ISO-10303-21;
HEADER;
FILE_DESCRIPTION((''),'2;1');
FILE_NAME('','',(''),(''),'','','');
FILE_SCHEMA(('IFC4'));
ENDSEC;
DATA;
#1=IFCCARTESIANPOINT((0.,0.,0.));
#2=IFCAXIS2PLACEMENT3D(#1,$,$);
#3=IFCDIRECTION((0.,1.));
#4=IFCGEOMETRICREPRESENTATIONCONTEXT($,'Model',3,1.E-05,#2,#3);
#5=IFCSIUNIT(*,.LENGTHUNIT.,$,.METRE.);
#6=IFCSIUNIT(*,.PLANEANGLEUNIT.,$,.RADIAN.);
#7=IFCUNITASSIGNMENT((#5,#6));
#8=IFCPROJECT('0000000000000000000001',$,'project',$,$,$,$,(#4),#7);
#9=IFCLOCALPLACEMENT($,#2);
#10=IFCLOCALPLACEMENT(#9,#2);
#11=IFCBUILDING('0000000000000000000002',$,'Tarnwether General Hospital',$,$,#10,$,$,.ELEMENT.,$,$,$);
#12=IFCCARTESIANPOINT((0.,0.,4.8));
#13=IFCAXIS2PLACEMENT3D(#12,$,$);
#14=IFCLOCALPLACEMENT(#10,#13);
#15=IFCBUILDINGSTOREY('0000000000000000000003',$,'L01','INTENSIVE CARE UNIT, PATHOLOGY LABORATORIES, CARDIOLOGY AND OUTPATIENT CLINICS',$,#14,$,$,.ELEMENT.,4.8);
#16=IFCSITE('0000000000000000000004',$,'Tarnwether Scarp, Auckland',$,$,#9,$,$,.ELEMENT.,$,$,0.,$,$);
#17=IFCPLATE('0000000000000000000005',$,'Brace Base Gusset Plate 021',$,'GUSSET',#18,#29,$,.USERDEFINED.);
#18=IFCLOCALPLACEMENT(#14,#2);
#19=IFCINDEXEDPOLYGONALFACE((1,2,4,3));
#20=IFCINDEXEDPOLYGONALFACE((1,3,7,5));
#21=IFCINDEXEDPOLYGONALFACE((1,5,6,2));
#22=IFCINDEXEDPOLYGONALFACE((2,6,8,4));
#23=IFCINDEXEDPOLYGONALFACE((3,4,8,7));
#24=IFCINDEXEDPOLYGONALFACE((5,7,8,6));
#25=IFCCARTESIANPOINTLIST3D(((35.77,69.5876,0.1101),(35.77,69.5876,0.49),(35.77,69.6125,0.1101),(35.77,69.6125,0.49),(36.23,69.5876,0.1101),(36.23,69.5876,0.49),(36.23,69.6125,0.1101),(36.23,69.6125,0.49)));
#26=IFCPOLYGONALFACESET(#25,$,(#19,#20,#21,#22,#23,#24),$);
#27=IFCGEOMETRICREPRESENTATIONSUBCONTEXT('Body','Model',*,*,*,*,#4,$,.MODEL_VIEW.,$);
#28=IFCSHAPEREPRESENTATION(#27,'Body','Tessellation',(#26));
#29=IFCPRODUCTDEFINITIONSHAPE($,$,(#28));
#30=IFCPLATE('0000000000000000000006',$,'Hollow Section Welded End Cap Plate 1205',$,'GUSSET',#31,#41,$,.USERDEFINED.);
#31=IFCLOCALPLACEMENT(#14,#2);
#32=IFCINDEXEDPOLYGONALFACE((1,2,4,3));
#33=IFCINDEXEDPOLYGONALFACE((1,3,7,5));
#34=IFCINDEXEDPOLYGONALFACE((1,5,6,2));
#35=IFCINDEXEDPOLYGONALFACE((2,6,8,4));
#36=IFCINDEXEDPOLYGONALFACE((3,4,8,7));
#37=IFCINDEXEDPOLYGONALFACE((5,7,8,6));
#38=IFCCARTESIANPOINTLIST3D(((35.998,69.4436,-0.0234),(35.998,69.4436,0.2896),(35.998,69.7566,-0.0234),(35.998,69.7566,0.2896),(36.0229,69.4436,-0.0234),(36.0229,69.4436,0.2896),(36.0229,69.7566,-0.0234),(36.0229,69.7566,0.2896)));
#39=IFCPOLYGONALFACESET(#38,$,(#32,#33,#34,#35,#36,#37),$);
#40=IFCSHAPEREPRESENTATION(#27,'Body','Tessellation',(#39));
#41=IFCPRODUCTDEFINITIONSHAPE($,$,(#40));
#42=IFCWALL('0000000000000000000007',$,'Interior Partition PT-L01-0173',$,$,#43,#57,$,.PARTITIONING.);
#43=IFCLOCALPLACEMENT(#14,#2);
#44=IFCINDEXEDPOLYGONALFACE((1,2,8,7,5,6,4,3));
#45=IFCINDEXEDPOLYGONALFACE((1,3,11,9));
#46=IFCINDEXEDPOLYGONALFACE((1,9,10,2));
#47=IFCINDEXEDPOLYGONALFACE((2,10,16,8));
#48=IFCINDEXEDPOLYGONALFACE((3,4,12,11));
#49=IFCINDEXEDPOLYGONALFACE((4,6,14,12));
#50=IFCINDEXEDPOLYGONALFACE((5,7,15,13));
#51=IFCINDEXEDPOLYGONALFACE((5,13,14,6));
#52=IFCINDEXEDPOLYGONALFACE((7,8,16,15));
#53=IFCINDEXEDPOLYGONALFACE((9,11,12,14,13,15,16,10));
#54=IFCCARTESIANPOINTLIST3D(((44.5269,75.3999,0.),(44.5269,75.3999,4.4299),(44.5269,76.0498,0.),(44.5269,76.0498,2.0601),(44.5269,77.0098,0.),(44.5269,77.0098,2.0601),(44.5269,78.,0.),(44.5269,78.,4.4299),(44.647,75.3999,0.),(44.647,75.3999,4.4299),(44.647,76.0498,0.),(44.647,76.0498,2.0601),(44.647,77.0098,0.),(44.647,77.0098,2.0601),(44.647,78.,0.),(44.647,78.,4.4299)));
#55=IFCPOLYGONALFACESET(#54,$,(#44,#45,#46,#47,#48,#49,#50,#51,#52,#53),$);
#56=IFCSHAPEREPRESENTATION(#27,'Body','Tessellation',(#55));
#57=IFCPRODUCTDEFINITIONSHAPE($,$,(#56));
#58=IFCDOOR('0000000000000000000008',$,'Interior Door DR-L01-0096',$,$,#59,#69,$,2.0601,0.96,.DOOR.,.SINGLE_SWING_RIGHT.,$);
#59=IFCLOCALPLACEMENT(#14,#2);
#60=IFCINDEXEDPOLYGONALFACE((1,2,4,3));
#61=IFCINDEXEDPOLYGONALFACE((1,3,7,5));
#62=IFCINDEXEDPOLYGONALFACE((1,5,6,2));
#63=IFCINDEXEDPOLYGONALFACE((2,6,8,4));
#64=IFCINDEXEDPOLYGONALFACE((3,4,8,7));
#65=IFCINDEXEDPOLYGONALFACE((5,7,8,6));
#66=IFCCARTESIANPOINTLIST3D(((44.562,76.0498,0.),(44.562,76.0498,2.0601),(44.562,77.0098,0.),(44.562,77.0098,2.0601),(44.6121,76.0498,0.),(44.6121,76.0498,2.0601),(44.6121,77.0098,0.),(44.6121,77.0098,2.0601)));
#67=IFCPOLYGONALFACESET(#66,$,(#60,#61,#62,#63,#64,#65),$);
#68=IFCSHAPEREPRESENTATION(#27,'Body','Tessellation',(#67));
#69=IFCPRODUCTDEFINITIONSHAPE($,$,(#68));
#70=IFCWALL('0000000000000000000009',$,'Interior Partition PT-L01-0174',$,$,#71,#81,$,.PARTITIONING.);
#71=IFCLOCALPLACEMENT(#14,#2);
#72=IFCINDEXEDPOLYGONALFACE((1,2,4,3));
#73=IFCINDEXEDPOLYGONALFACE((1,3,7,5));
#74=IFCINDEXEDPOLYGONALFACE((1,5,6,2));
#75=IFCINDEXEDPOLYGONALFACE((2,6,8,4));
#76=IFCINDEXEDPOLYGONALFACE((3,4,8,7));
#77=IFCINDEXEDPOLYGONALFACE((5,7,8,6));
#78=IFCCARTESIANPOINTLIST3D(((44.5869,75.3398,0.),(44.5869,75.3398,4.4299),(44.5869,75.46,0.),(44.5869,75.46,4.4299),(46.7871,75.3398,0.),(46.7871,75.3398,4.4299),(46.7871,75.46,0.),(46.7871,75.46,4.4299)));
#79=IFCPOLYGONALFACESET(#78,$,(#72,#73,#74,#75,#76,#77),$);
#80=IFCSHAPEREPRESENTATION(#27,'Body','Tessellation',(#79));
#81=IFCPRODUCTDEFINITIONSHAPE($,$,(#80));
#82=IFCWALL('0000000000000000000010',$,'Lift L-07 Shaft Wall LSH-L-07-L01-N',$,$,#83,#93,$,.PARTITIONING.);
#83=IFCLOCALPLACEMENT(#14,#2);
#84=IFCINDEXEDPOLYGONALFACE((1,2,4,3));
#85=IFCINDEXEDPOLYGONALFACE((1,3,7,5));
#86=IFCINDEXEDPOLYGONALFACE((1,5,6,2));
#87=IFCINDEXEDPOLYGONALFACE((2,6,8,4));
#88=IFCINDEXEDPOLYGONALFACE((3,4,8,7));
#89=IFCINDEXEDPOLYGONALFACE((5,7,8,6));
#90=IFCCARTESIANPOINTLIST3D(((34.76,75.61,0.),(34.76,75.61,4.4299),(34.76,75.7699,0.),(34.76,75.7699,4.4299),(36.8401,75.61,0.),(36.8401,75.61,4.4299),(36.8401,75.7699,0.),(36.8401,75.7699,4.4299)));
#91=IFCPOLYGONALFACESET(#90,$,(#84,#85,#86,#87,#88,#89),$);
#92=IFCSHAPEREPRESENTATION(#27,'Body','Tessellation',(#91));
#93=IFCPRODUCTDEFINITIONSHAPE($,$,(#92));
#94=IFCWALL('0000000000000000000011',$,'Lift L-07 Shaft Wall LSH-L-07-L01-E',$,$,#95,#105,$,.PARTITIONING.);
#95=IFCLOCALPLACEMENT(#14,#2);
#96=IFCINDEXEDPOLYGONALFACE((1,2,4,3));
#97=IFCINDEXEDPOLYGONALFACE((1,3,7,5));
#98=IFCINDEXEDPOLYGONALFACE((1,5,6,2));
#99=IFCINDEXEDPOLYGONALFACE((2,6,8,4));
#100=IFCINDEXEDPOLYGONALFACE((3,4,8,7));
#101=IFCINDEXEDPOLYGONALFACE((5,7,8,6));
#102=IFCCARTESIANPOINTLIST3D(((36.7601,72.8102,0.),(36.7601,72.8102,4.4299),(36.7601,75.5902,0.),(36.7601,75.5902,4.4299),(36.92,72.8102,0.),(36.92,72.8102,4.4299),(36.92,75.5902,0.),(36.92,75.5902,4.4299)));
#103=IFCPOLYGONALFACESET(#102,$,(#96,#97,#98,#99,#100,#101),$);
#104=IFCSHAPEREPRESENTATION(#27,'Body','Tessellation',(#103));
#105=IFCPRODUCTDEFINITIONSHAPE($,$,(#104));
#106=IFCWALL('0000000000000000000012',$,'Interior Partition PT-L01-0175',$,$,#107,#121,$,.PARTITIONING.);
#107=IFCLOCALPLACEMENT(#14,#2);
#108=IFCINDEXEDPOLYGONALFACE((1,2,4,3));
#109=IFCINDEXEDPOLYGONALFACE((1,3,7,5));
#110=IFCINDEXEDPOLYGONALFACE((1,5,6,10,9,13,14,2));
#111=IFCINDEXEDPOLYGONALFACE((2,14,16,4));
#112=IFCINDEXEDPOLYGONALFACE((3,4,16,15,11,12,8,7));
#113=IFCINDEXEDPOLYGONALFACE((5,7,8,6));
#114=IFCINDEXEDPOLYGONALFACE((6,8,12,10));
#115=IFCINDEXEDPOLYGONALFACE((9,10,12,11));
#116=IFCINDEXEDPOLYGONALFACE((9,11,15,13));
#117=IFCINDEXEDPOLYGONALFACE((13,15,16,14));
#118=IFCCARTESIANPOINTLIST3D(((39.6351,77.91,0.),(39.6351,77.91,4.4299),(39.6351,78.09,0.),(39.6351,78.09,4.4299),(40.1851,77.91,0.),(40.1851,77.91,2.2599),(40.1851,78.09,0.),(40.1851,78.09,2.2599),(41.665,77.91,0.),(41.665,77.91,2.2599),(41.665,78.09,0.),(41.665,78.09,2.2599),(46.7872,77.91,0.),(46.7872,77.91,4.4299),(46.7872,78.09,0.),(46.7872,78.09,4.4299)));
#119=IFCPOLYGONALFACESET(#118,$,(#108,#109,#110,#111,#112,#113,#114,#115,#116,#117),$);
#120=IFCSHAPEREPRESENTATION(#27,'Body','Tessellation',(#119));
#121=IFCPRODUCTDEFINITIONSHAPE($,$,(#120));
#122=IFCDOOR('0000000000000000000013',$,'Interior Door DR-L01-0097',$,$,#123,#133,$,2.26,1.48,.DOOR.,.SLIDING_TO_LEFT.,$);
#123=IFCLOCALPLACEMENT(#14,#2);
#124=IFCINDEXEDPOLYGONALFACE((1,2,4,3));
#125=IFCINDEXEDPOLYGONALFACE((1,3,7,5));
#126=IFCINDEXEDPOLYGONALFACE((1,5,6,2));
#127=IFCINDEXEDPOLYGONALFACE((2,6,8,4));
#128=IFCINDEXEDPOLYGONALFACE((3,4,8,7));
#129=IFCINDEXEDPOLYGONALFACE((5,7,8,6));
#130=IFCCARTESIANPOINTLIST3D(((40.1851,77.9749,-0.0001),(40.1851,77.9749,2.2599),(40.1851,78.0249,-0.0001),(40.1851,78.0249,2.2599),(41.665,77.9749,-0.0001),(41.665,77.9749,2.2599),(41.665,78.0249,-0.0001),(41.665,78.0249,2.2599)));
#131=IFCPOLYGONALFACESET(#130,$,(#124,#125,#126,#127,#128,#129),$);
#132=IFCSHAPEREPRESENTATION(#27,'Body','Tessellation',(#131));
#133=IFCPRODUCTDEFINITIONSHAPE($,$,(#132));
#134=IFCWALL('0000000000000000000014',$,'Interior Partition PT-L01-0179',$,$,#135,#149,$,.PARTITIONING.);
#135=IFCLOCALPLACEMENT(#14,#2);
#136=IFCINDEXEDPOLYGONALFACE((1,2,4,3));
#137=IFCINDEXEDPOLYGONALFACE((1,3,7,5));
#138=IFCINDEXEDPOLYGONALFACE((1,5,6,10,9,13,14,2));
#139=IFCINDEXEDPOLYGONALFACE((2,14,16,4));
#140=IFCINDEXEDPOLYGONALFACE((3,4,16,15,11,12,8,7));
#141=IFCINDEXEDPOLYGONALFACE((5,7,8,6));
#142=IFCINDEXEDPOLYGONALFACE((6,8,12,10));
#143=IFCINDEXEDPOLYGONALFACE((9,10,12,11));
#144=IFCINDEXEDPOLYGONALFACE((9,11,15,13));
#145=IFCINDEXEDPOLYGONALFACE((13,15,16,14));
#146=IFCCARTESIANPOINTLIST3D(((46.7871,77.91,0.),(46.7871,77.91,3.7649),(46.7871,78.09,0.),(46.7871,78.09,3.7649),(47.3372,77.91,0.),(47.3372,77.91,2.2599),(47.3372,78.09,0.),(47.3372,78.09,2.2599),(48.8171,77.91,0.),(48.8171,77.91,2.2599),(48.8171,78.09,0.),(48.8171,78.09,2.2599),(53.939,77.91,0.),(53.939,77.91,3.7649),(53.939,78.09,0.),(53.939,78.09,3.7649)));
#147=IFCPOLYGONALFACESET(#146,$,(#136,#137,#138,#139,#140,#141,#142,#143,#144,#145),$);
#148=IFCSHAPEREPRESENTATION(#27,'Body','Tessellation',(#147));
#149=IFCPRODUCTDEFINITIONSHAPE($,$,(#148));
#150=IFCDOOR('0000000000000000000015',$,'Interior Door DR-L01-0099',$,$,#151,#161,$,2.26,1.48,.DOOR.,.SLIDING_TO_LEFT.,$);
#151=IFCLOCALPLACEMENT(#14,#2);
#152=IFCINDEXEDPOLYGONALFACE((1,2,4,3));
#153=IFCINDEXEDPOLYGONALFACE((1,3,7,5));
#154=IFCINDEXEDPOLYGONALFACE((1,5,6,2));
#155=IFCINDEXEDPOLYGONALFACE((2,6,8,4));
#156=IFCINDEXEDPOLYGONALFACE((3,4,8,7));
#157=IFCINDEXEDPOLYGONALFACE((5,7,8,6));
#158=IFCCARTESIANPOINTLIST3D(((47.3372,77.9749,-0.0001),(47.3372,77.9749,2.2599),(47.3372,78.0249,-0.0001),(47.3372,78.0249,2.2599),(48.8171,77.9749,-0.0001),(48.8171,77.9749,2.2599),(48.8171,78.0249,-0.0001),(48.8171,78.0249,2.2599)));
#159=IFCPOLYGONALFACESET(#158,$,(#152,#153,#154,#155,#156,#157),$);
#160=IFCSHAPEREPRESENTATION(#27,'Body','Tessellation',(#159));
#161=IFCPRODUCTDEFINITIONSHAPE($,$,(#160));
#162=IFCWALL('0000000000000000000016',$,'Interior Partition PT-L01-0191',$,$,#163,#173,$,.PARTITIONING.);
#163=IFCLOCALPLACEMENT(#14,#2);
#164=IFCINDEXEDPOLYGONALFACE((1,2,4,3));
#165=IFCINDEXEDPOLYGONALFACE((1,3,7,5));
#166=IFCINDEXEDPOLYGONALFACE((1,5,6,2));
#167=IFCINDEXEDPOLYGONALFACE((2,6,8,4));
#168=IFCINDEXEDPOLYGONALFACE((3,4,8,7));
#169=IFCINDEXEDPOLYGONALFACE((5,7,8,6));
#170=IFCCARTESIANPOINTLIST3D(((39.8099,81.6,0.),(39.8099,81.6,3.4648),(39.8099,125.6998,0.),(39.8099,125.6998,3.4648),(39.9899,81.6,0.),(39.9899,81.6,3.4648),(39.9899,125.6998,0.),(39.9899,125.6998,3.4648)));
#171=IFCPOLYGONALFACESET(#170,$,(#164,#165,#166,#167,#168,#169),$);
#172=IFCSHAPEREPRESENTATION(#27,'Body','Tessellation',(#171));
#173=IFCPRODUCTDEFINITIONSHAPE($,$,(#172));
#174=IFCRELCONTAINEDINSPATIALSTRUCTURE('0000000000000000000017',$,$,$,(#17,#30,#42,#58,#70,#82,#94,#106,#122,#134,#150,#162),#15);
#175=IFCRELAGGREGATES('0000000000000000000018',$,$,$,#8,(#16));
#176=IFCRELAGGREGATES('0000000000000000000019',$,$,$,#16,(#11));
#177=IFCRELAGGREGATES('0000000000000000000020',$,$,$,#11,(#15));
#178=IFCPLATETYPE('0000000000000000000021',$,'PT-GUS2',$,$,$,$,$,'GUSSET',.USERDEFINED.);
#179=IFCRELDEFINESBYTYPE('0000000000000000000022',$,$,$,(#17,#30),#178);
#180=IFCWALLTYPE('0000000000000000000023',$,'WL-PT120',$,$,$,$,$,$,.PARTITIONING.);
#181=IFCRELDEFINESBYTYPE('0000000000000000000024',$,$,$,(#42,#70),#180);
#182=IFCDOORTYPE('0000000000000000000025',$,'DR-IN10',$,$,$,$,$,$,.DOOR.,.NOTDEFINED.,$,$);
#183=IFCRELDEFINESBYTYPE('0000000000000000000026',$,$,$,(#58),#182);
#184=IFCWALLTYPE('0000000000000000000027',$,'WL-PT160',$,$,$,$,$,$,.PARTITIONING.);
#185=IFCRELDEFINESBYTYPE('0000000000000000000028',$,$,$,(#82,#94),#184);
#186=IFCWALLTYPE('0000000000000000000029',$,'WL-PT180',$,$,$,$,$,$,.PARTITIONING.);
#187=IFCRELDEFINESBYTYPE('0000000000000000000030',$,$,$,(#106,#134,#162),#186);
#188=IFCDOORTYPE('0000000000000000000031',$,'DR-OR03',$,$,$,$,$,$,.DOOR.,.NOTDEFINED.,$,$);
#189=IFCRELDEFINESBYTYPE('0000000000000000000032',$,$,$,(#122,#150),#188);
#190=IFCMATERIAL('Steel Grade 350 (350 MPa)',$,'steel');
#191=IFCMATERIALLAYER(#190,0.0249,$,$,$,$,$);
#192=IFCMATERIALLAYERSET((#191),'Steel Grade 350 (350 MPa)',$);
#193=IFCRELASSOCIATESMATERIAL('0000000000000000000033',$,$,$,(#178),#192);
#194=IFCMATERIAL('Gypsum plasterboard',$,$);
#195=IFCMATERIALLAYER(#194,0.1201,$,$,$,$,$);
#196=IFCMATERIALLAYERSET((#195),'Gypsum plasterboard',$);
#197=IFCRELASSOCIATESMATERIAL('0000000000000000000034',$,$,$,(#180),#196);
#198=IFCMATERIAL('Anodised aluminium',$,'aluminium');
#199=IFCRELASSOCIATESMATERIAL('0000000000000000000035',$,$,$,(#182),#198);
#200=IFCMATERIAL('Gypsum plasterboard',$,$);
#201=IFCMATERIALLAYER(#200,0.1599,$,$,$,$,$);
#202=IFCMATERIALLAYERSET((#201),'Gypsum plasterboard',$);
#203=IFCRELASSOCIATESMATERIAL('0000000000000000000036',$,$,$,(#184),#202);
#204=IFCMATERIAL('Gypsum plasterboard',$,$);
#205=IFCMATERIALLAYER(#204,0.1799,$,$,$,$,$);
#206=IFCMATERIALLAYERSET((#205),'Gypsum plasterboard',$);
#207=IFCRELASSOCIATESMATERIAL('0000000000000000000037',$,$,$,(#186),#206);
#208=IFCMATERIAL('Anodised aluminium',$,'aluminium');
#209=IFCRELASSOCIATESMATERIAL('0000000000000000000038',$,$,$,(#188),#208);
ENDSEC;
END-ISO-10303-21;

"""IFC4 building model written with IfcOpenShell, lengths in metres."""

from ifc_helpers import new_model, si_unit, direction, frame, frame_2d, origin, origin_2d, place, context, subcontext, project, spatial, rectangle, extrude, material, layer, layer_set, type_object, element, fill, save


model = new_model("IFC4")

# Units and contexts
model_context = context("Model", 3, precision=1e-05, world=origin(), true_north=direction((0.0, 1.0)))
body_context = subcontext(model_context, "Body", "Model", "MODEL_VIEW")
ifc_project = project(units=[si_unit("LENGTHUNIT", "METRE"), si_unit("PLANEANGLEUNIT", "RADIAN")], contexts=[model_context])

# Site, building, storey
site_placement = place(None, origin())
site = spatial("IfcSite", under=ifc_project, at=site_placement, Name="Tarnwether Scarp, Auckland", CompositionType="ELEMENT", RefElevation=0.0)
building_placement = place(site_placement, origin())
building = spatial("IfcBuilding", under=site, at=building_placement, Name="Tarnwether General Hospital", CompositionType="ELEMENT")
storey_placement = place(building_placement, frame((0.0, 0.0, 4.8)))
storey = spatial("IfcBuildingStorey", under=building, at=storey_placement, Name="L01", Description="INTENSIVE CARE UNIT, PATHOLOGY LABORATORIES, CARDIOLOGY AND OUTPATIENT CLINICS", CompositionType="ELEMENT", Elevation=4.8)

# Plates
ifc_material_1 = material(Name="Steel Grade 350 (350 MPa)", Category="steel")
ifc_layer_1 = layer(ifc_material_1, 0.0249)
ifc_layer_set_1 = layer_set([ifc_layer_1], Name="Steel Grade 350 (350 MPa)")
plate_type = type_object("IfcPlateType", Name="PT-GUS2", ElementType="GUSSET", PredefinedType="USERDEFINED", material=ifc_layer_set_1)
plate_1_placement = place(storey_placement, frame((36.0, 69.6001, 0.1101), z_axis=(0.0, 0.0, 1.0), x_axis=(1.0, 0.0, 0.0)))
element("IfcPlate", 1, at=plate_1_placement, inside=storey, type_object=plate_type, Name="Brace Base Gusset Plate 021", ObjectType="GUSSET", PredefinedType="USERDEFINED", context=body_context, shape_type="SweptSolid", body=[
    extrude(rectangle(XDim=0.46, YDim=0.0249, at=origin_2d()), origin(), (0.0, 0.0, 1.0), 0.3799),
])
plate_2_placement = place(storey_placement, frame((36.0105, 69.6001, -0.0234), z_axis=(0.0, 0.0, 1.0), x_axis=(-1.0, 0.0, 0.0)))
element("IfcPlate", 2, at=plate_2_placement, inside=storey, type_object=plate_type, Name="Hollow Section Welded End Cap Plate 1205", ObjectType="GUSSET", PredefinedType="USERDEFINED", context=body_context, shape_type="SweptSolid", body=[
    extrude(rectangle(XDim=0.0249, YDim=0.313, at=origin_2d()), origin(), (0.0, 0.0, 1.0), 0.313),
])

# Wall, opening, door
ifc_material_2 = material(Name="Gypsum plasterboard")
ifc_layer_2 = layer(ifc_material_2, 0.1201)
ifc_layer_set_2 = layer_set([ifc_layer_2], Name="Gypsum plasterboard")
wall_type_1 = type_object("IfcWallType", Name="WL-PT120", PredefinedType="PARTITIONING", material=ifc_layer_set_2)
wall_1_placement = place(storey_placement, frame((44.5869, 75.3999, 0.0), z_axis=(0.0, 0.0, 1.0), x_axis=(0.0, 1.0, 0.0)))
wall_1 = element("IfcWall", 3, at=wall_1_placement, inside=storey, type_object=wall_type_1, Name="Interior Partition PT-L01-0173", PredefinedType="PARTITIONING", context=body_context, shape_type="SweptSolid", body=[
    extrude(rectangle(XDim=2.6001, YDim=0.1201, at=frame_2d((1.3, 0.0))), origin(), (0.0, 0.0, 1.0), 4.4299),
])
opening_1_placement = place(wall_1_placement, frame((0.6499, 0.0, 0.0)))
opening_1 = element("IfcOpeningElement", 4, at=opening_1_placement, cuts=wall_1, PredefinedType="OPENING", context=body_context, shape_type="SweptSolid", body=[
    extrude(rectangle(XDim=0.96, YDim=2.0601, at=frame_2d((0.48, 1.03))), frame((0.0, 0.0701, 0.0), z_axis=(0.0, -1.0, 0.0), x_axis=(1.0, 0.0, 0.0)), (0.0, 0.0, 1.0), 0.1401),
])
ifc_material_3 = material(Name="Anodised aluminium", Category="aluminium")
door_type_1 = type_object("IfcDoorType", Name="DR-IN10", OperationType="NOTDEFINED", PredefinedType="DOOR", material=ifc_material_3)
door_1_placement = place(opening_1_placement, origin())
door_1 = element("IfcDoor", 5, at=door_1_placement, inside=storey, type_object=door_type_1, Name="Interior Door DR-L01-0096", OperationType="SINGLE_SWING_RIGHT", OverallHeight=2.0601, OverallWidth=0.96, PredefinedType="DOOR", context=body_context, shape_type="SweptSolid", body=[
    extrude(rectangle(XDim=0.96, YDim=2.0601, at=frame_2d((0.48, 1.03))), frame((0.0, 0.0249, 0.0), z_axis=(0.0, -1.0, 0.0), x_axis=(1.0, 0.0, 0.0)), (0.0, 0.0, 1.0), 0.05),
])
fill(opening_1, door_1)

# Walls
wall_2_placement = place(storey_placement, frame((44.5869, 75.3999, 0.0), z_axis=(0.0, 0.0, 1.0), x_axis=(1.0, 0.0, 0.0)))
element("IfcWall", 6, at=wall_2_placement, inside=storey, type_object=wall_type_1, Name="Interior Partition PT-L01-0174", PredefinedType="PARTITIONING", context=body_context, shape_type="SweptSolid", body=[
    extrude(rectangle(XDim=2.2002, YDim=0.1201, at=frame_2d((1.1001, 0.0))), origin(), (0.0, 0.0, 1.0), 4.4299),
])
ifc_material_4 = material(Name="Gypsum plasterboard")
ifc_layer_3 = layer(ifc_material_4, 0.1599)
ifc_layer_set_3 = layer_set([ifc_layer_3], Name="Gypsum plasterboard")
wall_type_2 = type_object("IfcWallType", Name="WL-PT160", PredefinedType="PARTITIONING", material=ifc_layer_set_3)
wall_3_placement = place(storey_placement, frame((36.8401, 75.6899, 0.0), z_axis=(0.0, 0.0, 1.0), x_axis=(-1.0, 0.0, 0.0)))
element("IfcWall", 7, at=wall_3_placement, inside=storey, type_object=wall_type_2, Name="Lift L-07 Shaft Wall LSH-L-07-L01-N", PredefinedType="PARTITIONING", context=body_context, shape_type="SweptSolid", body=[
    extrude(rectangle(XDim=2.0801, YDim=0.1599, at=frame_2d((1.04, 0.0))), origin(), (0.0, 0.0, 1.0), 4.4299),
])
wall_4_placement = place(storey_placement, frame((36.8401, 72.8101, 0.0), z_axis=(0.0, 0.0, 1.0), x_axis=(0.0, 1.0, 0.0)))
element("IfcWall", 8, at=wall_4_placement, inside=storey, type_object=wall_type_2, Name="Lift L-07 Shaft Wall LSH-L-07-L01-E", PredefinedType="PARTITIONING", context=body_context, shape_type="SweptSolid", body=[
    extrude(rectangle(XDim=2.78, YDim=0.1599, at=frame_2d((1.3901, 0.0))), origin(), (0.0, 0.0, 1.0), 4.4299),
])

# Walls, openings, doors
ifc_material_5 = material(Name="Gypsum plasterboard")
ifc_layer_4 = layer(ifc_material_5, 0.1799)
ifc_layer_set_4 = layer_set([ifc_layer_4], Name="Gypsum plasterboard")
wall_type_3 = type_object("IfcWallType", Name="WL-PT180", PredefinedType="PARTITIONING", material=ifc_layer_set_4)
wall_5_placement = place(storey_placement, frame((39.635, 78.0, 0.0), z_axis=(0.0, 0.0, 1.0), x_axis=(1.0, 0.0, 0.0)))
wall_5 = element("IfcWall", 9, at=wall_5_placement, inside=storey, type_object=wall_type_3, Name="Interior Partition PT-L01-0175", PredefinedType="PARTITIONING", context=body_context, shape_type="SweptSolid", body=[
    extrude(rectangle(XDim=7.1521, YDim=0.1799, at=frame_2d((3.5762, 0.0))), origin(), (0.0, 0.0, 1.0), 4.4299),
])
opening_2_placement = place(wall_5_placement, frame((0.55, 0.0, 0.0)))
opening_2 = element("IfcOpeningElement", 10, at=opening_2_placement, cuts=wall_5, PredefinedType="OPENING", context=body_context, shape_type="SweptSolid", body=[
    extrude(rectangle(XDim=1.48, YDim=2.26, at=frame_2d((0.74, 1.1299))), frame((0.0, 0.1001, 0.0), z_axis=(0.0, -1.0, 0.0), x_axis=(1.0, 0.0, 0.0)), (0.0, 0.0, 1.0), 0.2),
])
ifc_material_6 = material(Name="Anodised aluminium", Category="aluminium")
door_type_2 = type_object("IfcDoorType", Name="DR-OR03", OperationType="NOTDEFINED", PredefinedType="DOOR", material=ifc_material_6)
door_2_placement = place(opening_2_placement, origin())
door_2 = element("IfcDoor", 11, at=door_2_placement, inside=storey, type_object=door_type_2, Name="Interior Door DR-L01-0097", OperationType="SLIDING_TO_LEFT", OverallHeight=2.26, OverallWidth=1.48, PredefinedType="DOOR", context=body_context, shape_type="SweptSolid", body=[
    extrude(rectangle(XDim=1.48, YDim=2.26, at=frame_2d((0.74, 1.1299))), frame((0.0, 0.0249, 0.0), z_axis=(0.0, -1.0, 0.0), x_axis=(1.0, 0.0, 0.0)), (0.0, 0.0, 1.0), 0.05),
])
fill(opening_2, door_2)
wall_6_placement = place(storey_placement, frame((46.7871, 78.0, 0.0), z_axis=(0.0, 0.0, 1.0), x_axis=(1.0, 0.0, 0.0)))
wall_6 = element("IfcWall", 12, at=wall_6_placement, inside=storey, type_object=wall_type_3, Name="Interior Partition PT-L01-0179", PredefinedType="PARTITIONING", context=body_context, shape_type="SweptSolid", body=[
    extrude(rectangle(XDim=7.1519, YDim=0.1799, at=frame_2d((3.5759, 0.0))), origin(), (0.0, 0.0, 1.0), 3.7649),
])
opening_3_placement = place(wall_6_placement, frame((0.55, 0.0, 0.0)))
opening_3 = element("IfcOpeningElement", 13, at=opening_3_placement, cuts=wall_6, PredefinedType="OPENING", context=body_context, shape_type="SweptSolid", body=[
    extrude(rectangle(XDim=1.48, YDim=2.26, at=frame_2d((0.74, 1.1299))), frame((0.0, 0.1001, 0.0), z_axis=(0.0, -1.0, 0.0), x_axis=(1.0, 0.0, 0.0)), (0.0, 0.0, 1.0), 0.2),
])
door_3_placement = place(opening_3_placement, origin())
door_3 = element("IfcDoor", 14, at=door_3_placement, inside=storey, type_object=door_type_2, Name="Interior Door DR-L01-0099", OperationType="SLIDING_TO_LEFT", OverallHeight=2.26, OverallWidth=1.48, PredefinedType="DOOR", context=body_context, shape_type="SweptSolid", body=[
    extrude(rectangle(XDim=1.48, YDim=2.26, at=frame_2d((0.74, 1.1299))), frame((0.0, 0.0249, 0.0), z_axis=(0.0, -1.0, 0.0), x_axis=(1.0, 0.0, 0.0)), (0.0, 0.0, 1.0), 0.05),
])
fill(opening_3, door_3)

# Wall
wall_7_placement = place(storey_placement, frame((39.8999, 81.6001, 0.0), z_axis=(0.0, 0.0, 1.0), x_axis=(0.0, 1.0, 0.0)))
element("IfcWall", 15, at=wall_7_placement, inside=storey, type_object=wall_type_3, Name="Interior Partition PT-L01-0191", PredefinedType="PARTITIONING", context=body_context, shape_type="SweptSolid", body=[
    extrude(rectangle(XDim=44.0999, YDim=0.1799, at=frame_2d((22.0498, 0.0))), origin(), (0.0, 0.0, 1.0), 3.4648),
])

save(model, "model.ifc")
